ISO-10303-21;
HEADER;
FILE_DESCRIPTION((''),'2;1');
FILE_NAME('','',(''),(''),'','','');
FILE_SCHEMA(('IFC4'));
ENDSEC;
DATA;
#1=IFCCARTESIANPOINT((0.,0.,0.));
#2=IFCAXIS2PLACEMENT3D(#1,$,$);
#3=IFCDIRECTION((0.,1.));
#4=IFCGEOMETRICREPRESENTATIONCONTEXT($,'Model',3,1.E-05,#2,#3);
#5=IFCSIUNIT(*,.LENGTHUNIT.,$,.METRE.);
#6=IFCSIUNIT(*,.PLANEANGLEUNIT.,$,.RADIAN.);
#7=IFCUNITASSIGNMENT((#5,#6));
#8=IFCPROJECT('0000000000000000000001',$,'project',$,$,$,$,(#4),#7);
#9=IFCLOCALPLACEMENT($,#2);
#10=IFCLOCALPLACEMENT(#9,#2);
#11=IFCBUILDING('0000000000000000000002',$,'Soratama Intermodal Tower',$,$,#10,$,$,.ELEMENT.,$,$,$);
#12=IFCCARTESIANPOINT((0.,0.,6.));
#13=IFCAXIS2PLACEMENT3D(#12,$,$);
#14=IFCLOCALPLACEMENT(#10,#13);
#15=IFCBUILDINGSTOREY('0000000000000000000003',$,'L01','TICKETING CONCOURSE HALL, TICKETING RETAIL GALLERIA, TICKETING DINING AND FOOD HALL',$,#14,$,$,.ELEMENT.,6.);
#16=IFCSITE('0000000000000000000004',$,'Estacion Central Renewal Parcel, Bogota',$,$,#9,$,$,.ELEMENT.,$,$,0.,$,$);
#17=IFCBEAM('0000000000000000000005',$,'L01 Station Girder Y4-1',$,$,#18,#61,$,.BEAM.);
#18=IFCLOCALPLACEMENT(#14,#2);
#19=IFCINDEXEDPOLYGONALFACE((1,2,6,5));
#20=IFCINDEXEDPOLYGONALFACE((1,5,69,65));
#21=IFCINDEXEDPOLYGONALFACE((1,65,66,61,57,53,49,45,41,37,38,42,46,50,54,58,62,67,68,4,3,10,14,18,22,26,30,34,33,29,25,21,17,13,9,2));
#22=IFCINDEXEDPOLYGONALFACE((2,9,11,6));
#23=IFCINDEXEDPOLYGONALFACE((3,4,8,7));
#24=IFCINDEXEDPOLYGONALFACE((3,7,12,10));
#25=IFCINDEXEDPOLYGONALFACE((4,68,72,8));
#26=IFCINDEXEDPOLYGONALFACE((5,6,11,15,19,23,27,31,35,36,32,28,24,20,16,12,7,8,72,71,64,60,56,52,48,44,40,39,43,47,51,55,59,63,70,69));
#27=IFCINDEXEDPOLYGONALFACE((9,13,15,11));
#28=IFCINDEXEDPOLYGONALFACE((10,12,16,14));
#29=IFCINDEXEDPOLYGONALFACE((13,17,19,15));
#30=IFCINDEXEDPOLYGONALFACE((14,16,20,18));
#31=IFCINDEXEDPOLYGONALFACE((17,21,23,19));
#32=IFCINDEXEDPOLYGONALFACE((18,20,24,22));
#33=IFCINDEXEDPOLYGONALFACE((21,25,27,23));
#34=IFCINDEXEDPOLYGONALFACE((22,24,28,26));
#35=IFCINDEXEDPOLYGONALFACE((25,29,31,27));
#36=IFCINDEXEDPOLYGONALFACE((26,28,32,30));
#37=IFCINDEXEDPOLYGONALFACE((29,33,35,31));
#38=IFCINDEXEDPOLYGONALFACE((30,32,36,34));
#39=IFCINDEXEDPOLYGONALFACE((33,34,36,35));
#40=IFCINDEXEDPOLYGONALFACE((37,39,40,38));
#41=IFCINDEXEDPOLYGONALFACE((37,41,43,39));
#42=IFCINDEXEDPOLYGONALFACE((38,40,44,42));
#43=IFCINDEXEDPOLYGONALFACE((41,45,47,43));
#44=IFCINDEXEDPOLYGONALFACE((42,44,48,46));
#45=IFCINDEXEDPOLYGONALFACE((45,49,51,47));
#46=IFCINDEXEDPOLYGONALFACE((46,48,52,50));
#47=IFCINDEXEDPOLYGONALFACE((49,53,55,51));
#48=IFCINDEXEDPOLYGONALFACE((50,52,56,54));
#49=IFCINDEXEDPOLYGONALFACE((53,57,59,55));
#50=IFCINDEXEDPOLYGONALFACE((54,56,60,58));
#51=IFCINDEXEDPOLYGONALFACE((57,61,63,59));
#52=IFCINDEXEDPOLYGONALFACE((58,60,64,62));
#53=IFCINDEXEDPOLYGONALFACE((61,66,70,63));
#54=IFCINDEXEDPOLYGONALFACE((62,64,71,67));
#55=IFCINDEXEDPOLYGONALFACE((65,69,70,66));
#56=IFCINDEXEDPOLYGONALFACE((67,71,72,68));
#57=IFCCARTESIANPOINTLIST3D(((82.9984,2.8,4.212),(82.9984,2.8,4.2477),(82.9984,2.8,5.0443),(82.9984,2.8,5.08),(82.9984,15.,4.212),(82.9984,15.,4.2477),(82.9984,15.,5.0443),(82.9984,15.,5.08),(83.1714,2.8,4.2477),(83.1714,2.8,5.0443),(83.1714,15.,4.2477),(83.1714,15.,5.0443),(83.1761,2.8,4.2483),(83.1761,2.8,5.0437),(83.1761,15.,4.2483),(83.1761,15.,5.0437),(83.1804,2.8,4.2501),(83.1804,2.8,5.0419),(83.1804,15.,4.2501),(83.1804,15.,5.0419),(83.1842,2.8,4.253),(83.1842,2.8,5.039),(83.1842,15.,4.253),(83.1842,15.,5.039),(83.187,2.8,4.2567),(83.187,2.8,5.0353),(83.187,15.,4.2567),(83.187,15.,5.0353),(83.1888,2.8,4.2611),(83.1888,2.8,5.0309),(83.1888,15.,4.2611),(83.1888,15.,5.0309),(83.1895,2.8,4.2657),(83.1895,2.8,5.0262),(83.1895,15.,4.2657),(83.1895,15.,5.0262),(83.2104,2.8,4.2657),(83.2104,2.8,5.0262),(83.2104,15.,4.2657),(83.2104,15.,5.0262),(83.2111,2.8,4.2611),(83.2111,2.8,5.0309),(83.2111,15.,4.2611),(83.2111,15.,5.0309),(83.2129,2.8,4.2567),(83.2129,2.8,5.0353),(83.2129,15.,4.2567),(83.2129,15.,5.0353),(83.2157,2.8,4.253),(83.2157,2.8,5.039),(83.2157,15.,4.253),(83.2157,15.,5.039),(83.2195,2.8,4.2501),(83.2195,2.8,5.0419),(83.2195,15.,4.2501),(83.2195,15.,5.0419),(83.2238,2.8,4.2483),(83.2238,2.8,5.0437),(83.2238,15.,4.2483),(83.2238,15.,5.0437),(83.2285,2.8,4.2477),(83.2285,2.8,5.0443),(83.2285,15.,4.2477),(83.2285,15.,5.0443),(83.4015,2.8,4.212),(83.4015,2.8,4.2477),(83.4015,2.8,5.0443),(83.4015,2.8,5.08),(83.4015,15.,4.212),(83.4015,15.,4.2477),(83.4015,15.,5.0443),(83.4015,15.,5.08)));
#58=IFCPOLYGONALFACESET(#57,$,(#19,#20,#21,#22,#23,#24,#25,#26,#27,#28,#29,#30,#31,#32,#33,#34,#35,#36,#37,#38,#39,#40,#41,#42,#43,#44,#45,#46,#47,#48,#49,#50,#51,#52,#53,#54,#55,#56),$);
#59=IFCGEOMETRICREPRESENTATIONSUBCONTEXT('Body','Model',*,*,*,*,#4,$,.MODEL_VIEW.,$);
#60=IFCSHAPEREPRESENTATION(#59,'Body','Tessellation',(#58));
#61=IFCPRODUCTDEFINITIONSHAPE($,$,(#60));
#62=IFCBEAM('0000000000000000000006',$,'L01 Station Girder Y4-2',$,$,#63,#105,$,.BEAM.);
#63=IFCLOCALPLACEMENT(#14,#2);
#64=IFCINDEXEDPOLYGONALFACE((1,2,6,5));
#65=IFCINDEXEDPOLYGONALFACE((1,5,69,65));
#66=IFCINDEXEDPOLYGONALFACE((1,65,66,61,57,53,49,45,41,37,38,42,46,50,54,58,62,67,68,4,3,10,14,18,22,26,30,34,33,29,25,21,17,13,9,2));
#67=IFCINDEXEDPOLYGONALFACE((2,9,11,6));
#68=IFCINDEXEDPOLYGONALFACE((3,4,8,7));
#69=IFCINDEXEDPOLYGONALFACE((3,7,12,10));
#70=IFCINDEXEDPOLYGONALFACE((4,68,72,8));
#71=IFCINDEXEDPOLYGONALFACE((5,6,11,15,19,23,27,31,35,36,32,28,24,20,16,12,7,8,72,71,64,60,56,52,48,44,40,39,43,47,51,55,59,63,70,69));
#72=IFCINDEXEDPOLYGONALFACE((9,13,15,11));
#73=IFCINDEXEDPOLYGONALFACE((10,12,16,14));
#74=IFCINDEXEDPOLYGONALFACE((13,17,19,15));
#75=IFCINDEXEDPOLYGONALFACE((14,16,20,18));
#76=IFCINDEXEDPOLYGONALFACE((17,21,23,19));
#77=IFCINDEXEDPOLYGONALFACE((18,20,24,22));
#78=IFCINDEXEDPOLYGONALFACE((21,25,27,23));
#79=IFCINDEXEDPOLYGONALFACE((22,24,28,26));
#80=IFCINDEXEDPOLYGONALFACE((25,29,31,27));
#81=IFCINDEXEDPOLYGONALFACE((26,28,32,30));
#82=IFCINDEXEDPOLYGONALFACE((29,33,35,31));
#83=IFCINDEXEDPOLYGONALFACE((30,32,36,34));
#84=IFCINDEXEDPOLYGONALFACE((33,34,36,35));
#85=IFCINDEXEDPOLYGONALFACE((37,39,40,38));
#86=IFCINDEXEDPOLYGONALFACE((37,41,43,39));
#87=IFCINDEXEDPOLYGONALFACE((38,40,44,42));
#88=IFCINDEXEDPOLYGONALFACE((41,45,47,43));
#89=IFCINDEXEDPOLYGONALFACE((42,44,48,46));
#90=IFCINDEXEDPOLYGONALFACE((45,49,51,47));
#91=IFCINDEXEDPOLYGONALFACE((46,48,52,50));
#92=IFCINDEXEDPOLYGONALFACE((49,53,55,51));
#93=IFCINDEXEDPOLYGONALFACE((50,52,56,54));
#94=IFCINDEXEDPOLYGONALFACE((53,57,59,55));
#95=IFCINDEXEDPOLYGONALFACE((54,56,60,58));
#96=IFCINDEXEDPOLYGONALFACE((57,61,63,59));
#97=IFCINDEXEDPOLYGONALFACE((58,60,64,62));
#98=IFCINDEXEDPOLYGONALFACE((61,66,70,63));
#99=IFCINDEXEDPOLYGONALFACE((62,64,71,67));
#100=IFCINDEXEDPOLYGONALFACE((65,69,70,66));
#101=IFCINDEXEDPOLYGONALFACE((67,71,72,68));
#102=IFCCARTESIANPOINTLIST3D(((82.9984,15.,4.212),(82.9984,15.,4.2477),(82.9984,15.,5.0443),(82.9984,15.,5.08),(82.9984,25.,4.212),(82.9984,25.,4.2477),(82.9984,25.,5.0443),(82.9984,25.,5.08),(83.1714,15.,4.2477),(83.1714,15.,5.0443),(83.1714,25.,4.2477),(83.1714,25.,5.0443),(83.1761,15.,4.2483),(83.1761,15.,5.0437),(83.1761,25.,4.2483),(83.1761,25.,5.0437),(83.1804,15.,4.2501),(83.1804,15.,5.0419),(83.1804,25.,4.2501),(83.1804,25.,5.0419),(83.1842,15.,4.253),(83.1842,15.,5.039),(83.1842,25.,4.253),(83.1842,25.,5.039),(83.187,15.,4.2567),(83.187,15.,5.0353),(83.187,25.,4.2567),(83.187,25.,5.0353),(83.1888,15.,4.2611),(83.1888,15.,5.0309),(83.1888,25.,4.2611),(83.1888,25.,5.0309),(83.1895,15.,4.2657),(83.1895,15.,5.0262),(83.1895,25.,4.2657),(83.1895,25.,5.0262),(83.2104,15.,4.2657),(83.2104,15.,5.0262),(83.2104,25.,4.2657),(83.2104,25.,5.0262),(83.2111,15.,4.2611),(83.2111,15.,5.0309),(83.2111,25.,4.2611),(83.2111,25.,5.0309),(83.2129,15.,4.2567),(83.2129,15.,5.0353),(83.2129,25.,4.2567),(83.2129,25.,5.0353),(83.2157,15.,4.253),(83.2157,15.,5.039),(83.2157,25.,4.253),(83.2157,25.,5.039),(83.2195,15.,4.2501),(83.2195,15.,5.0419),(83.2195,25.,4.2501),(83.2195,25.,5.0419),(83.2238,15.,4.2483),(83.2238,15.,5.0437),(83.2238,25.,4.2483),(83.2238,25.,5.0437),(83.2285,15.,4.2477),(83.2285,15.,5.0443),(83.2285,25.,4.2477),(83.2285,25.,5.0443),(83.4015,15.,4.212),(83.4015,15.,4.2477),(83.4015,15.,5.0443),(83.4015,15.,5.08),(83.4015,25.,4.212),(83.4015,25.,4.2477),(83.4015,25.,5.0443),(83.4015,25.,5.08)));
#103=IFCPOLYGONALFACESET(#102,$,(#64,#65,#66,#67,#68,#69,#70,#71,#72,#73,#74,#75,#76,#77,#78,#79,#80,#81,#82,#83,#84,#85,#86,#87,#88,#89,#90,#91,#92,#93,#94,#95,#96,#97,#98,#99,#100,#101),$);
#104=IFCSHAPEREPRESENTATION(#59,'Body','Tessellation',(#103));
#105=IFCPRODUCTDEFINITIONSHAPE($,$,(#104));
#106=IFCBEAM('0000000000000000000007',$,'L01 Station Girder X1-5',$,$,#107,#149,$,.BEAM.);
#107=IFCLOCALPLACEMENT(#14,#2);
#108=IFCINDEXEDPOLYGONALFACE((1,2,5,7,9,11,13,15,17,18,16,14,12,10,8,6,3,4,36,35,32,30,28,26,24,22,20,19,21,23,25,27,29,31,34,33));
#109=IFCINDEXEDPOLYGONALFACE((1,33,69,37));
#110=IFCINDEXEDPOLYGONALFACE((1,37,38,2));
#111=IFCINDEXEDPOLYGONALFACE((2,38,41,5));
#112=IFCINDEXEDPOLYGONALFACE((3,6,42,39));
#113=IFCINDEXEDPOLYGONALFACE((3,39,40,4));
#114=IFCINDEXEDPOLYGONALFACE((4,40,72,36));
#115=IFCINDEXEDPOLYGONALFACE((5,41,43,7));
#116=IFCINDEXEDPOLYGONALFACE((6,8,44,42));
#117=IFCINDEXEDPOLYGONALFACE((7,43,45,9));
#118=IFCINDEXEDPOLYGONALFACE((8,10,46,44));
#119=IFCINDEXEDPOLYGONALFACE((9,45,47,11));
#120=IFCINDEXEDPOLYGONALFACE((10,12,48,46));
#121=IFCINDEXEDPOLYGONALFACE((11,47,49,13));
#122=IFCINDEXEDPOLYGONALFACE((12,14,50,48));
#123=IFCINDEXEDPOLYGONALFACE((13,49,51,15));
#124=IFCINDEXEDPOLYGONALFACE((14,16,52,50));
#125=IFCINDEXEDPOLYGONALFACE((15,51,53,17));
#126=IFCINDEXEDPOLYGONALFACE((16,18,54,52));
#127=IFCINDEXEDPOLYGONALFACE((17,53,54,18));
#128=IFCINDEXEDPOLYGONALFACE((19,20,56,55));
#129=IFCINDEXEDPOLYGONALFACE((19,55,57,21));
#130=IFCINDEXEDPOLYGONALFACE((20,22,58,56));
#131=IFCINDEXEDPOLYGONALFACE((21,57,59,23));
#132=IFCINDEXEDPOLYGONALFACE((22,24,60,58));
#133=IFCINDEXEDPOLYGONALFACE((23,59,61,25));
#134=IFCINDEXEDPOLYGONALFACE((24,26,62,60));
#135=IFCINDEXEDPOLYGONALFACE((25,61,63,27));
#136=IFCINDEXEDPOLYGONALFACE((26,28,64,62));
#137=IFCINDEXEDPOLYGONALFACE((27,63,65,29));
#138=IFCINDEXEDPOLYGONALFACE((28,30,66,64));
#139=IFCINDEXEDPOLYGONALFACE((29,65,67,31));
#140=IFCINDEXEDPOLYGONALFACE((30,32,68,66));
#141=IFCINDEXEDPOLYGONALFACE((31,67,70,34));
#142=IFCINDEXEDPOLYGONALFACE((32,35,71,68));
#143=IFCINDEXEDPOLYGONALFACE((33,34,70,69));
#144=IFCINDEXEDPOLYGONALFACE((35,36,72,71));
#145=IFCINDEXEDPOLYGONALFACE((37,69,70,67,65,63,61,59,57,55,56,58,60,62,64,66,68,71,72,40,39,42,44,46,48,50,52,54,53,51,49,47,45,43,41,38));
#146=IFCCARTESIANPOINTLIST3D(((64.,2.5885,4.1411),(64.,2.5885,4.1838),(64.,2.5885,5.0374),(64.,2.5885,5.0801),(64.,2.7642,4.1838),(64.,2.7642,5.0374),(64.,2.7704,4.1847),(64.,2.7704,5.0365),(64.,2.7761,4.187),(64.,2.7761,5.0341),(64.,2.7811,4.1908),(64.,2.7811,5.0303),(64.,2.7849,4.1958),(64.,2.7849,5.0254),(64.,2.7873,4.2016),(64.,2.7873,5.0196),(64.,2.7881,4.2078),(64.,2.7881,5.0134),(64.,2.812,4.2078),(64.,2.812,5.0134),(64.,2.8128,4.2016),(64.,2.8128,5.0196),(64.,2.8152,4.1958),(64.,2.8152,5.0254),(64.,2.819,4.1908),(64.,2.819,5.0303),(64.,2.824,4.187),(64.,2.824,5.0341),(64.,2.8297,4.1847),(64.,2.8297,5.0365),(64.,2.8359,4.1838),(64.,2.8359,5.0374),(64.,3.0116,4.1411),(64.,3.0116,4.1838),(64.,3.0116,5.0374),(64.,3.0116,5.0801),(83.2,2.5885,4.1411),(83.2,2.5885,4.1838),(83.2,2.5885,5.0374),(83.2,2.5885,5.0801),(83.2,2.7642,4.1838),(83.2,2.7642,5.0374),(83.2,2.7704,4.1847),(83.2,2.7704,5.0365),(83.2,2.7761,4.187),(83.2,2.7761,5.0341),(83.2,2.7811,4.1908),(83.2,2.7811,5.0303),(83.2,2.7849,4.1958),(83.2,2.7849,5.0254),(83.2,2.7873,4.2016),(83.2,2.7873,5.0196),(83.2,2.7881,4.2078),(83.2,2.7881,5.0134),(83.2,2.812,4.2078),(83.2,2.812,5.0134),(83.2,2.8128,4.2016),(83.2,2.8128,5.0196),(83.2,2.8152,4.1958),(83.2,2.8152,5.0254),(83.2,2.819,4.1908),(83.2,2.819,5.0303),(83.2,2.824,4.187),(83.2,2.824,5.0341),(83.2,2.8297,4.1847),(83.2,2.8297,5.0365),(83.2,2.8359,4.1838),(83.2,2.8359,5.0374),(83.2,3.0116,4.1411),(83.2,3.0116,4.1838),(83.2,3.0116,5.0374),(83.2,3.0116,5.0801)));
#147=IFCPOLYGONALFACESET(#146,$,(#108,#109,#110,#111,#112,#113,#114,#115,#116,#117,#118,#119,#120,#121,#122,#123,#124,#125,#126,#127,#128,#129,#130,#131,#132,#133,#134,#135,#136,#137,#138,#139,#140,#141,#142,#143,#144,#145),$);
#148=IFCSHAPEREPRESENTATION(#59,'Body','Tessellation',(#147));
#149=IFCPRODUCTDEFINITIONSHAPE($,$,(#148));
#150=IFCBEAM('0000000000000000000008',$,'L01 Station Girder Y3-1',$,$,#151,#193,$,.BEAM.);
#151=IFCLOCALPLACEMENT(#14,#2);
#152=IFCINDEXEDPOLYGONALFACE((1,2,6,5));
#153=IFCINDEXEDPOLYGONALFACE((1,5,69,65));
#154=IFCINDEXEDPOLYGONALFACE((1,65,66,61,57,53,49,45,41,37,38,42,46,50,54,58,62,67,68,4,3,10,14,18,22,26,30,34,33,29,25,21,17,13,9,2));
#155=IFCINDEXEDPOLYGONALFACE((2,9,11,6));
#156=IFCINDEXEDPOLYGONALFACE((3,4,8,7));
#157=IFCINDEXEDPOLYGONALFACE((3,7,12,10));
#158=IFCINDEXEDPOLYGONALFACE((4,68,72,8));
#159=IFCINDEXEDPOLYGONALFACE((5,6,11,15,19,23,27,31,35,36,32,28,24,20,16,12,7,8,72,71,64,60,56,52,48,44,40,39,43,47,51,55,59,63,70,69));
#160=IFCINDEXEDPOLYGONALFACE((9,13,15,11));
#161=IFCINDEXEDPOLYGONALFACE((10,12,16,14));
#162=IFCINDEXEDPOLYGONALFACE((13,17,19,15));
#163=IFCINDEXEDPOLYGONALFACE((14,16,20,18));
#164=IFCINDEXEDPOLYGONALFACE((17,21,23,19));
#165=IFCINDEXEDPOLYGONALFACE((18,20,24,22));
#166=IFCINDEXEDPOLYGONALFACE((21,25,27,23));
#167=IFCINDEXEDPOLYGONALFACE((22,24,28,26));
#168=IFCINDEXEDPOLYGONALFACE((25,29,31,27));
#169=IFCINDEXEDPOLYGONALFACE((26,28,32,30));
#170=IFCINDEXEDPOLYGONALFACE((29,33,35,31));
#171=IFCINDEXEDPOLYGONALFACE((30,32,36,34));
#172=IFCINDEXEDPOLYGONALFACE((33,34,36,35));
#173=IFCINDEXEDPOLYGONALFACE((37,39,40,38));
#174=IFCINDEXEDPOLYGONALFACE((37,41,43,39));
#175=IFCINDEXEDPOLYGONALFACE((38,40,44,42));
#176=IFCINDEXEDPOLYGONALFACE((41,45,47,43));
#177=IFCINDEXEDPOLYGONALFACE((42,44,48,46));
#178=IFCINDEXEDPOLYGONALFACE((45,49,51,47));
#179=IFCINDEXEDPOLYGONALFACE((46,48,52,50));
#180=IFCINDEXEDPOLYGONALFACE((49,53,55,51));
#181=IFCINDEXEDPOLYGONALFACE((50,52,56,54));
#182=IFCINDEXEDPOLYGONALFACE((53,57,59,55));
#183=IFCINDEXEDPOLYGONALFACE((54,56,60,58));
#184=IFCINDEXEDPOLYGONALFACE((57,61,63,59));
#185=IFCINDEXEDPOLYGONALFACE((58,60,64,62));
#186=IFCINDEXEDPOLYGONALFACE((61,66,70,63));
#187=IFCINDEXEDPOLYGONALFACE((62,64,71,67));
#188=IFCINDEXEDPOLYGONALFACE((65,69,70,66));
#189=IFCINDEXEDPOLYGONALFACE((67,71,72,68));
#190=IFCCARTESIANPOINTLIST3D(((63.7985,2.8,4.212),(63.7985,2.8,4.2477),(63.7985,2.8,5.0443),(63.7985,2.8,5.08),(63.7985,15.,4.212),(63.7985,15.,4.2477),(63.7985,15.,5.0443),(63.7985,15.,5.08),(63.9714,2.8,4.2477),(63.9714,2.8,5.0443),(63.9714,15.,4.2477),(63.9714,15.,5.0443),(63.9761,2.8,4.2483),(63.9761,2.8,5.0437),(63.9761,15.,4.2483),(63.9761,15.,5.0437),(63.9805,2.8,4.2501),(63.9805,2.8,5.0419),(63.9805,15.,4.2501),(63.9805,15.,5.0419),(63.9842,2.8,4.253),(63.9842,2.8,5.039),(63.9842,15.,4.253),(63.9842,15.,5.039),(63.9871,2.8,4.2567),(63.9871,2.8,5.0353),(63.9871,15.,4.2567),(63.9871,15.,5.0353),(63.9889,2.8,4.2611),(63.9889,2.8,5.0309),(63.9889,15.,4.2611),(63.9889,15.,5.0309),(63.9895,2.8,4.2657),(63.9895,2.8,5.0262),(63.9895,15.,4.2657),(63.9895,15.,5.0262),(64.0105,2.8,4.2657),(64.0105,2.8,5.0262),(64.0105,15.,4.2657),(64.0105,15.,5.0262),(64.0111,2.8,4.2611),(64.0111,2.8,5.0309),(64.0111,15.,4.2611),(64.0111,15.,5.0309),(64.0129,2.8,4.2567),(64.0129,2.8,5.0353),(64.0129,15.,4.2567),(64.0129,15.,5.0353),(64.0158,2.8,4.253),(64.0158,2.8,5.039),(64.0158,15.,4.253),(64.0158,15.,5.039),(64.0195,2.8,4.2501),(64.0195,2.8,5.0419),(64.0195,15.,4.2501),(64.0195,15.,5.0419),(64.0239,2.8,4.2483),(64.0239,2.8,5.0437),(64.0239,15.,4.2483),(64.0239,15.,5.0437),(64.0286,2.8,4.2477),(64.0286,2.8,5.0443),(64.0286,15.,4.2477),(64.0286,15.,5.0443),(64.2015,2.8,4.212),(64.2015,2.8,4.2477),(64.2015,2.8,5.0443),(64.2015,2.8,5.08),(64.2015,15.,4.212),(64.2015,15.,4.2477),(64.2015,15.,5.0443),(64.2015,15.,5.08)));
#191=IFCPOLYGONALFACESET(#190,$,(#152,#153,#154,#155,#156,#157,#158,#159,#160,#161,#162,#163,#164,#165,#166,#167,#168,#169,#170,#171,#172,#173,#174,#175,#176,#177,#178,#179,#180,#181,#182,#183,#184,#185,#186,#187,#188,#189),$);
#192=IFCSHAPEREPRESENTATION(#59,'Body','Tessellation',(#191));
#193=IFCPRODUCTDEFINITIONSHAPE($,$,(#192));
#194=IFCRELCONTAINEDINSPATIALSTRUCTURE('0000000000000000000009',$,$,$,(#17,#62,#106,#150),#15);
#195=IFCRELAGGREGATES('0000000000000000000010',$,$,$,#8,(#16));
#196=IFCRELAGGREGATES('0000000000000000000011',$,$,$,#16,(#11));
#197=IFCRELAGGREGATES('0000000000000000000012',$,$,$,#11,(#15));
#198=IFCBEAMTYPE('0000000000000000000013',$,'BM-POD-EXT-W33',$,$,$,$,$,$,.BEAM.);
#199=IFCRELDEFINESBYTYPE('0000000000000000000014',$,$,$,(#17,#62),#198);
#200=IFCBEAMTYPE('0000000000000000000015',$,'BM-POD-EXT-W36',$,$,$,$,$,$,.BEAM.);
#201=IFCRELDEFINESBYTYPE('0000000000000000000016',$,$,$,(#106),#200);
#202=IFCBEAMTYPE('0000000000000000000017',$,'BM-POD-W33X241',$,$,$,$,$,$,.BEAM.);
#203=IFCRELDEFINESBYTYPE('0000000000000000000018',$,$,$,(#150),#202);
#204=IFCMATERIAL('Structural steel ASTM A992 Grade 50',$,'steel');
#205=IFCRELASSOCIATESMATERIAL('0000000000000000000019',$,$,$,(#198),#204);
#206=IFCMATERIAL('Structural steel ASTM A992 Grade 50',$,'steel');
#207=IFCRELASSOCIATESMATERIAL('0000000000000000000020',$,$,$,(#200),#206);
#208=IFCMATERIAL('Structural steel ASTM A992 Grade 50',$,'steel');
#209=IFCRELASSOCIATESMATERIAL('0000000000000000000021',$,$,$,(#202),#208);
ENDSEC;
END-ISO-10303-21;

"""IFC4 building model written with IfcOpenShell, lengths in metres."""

from ifc_helpers import new_model, si_unit, direction, frame, origin, origin_2d, place, context, subcontext, project, spatial, i_section, extrude, material, material_profile, profile_set, type_object, element, save


model = new_model("IFC4")

# Units and contexts
model_context = context("Model", 3, precision=1e-05, world=origin(), true_north=direction((0.0, 1.0)))
body_context = subcontext(model_context, "Body", "Model", "MODEL_VIEW")
ifc_project = project(units=[si_unit("LENGTHUNIT", "METRE"), si_unit("PLANEANGLEUNIT", "RADIAN")], contexts=[model_context])

# Site, building, storey
site_placement = place(None, origin())
site = spatial("IfcSite", under=ifc_project, at=site_placement, Name="Estacion Central Renewal Parcel, Bogota", CompositionType="ELEMENT", RefElevation=0.0)
building_placement = place(site_placement, origin())
building = spatial("IfcBuilding", under=site, at=building_placement, Name="Soratama Intermodal Tower", CompositionType="ELEMENT")
storey_placement = place(building_placement, frame((0.0, 0.0, 6.0)))
storey = spatial("IfcBuildingStorey", under=building, at=storey_placement, Name="L01", Description="TICKETING CONCOURSE HALL, TICKETING RETAIL GALLERIA, TICKETING DINING AND FOOD HALL", CompositionType="ELEMENT", Elevation=6.0)

# Beams
ifc_material_1 = material(Name="Structural steel ASTM A992 Grade 50", Category="steel")
ifc_material_profile_1 = material_profile(ifc_material_1, i_section(OverallWidth=0.4031, OverallDepth=0.8679, WebThickness=0.021, FlangeThickness=0.0356, FilletRadius=0.0181, at=origin_2d()), Name="W33X241")
ifc_profile_set_1 = profile_set([ifc_material_profile_1], Name="Structural steel ASTM A992 Grade 50")
beam_type_1 = type_object("IfcBeamType", Name="BM-POD-EXT-W33", PredefinedType="BEAM", material=ifc_profile_set_1)
beam_1_placement = place(storey_placement, frame((83.2, 2.8, 4.646), z_axis=(0.0, 1.0, 0.0), x_axis=(-1.0, 0.0, 0.0)))
element("IfcBeam", 1, at=beam_1_placement, inside=storey, type_object=beam_type_1, Name="L01 Station Girder Y4-1", PredefinedType="BEAM", context=body_context, shape_type="SweptSolid", body=[
    extrude(i_section(OverallWidth=0.4031, OverallDepth=0.8679, WebThickness=0.021, FlangeThickness=0.0356, FilletRadius=0.0181, at=origin_2d()), origin(), (0.0, 0.0, 1.0), 12.2),
])
beam_2_placement = place(storey_placement, frame((83.2, 15.0, 4.646), z_axis=(0.0, 1.0, 0.0), x_axis=(-1.0, 0.0, 0.0)))
element("IfcBeam", 2, at=beam_2_placement, inside=storey, type_object=beam_type_1, Name="L01 Station Girder Y4-2", PredefinedType="BEAM", context=body_context, shape_type="SweptSolid", body=[
    extrude(i_section(OverallWidth=0.4031, OverallDepth=0.8679, WebThickness=0.021, FlangeThickness=0.0356, FilletRadius=0.0181, at=origin_2d()), origin(), (0.0, 0.0, 1.0), 10.0),
])
ifc_material_2 = material(Name="Structural steel ASTM A992 Grade 50", Category="steel")
ifc_material_profile_2 = material_profile(ifc_material_2, i_section(OverallWidth=0.4231, OverallDepth=0.939, WebThickness=0.0239, FlangeThickness=0.0427, FilletRadius=0.0239, at=origin_2d()), Name="W36X302")
ifc_profile_set_2 = profile_set([ifc_material_profile_2], Name="Structural steel ASTM A992 Grade 50")
beam_type_2 = type_object("IfcBeamType", Name="BM-POD-EXT-W36", PredefinedType="BEAM", material=ifc_profile_set_2)
beam_3_placement = place(storey_placement, frame((64.0, 2.8, 4.6106), z_axis=(1.0, 0.0, 0.0), x_axis=(0.0, 1.0, 0.0)))
element("IfcBeam", 3, at=beam_3_placement, inside=storey, type_object=beam_type_2, Name="L01 Station Girder X1-5", PredefinedType="BEAM", context=body_context, shape_type="SweptSolid", body=[
    extrude(i_section(OverallWidth=0.4231, OverallDepth=0.939, WebThickness=0.0239, FlangeThickness=0.0427, FilletRadius=0.0239, at=origin_2d()), origin(), (0.0, 0.0, 1.0), 19.2),
])
ifc_material_3 = material(Name="Structural steel ASTM A992 Grade 50", Category="steel")
ifc_material_profile_3 = material_profile(ifc_material_3, i_section(OverallWidth=0.4031, OverallDepth=0.8679, WebThickness=0.021, FlangeThickness=0.0356, FilletRadius=0.0181, at=origin_2d()), Name="W33X241")
ifc_profile_set_3 = profile_set([ifc_material_profile_3], Name="Structural steel ASTM A992 Grade 50")
beam_type_3 = type_object("IfcBeamType", Name="BM-POD-W33X241", PredefinedType="BEAM", material=ifc_profile_set_3)
beam_4_placement = place(storey_placement, frame((64.0, 2.8, 4.646), z_axis=(0.0, 1.0, 0.0), x_axis=(-1.0, 0.0, 0.0)))
element("IfcBeam", 4, at=beam_4_placement, inside=storey, type_object=beam_type_3, Name="L01 Station Girder Y3-1", PredefinedType="BEAM", context=body_context, shape_type="SweptSolid", body=[
    extrude(i_section(OverallWidth=0.4031, OverallDepth=0.8679, WebThickness=0.021, FlangeThickness=0.0356, FilletRadius=0.0181, at=origin_2d()), origin(), (0.0, 0.0, 1.0), 12.2),
])

save(model, "model.ifc")
